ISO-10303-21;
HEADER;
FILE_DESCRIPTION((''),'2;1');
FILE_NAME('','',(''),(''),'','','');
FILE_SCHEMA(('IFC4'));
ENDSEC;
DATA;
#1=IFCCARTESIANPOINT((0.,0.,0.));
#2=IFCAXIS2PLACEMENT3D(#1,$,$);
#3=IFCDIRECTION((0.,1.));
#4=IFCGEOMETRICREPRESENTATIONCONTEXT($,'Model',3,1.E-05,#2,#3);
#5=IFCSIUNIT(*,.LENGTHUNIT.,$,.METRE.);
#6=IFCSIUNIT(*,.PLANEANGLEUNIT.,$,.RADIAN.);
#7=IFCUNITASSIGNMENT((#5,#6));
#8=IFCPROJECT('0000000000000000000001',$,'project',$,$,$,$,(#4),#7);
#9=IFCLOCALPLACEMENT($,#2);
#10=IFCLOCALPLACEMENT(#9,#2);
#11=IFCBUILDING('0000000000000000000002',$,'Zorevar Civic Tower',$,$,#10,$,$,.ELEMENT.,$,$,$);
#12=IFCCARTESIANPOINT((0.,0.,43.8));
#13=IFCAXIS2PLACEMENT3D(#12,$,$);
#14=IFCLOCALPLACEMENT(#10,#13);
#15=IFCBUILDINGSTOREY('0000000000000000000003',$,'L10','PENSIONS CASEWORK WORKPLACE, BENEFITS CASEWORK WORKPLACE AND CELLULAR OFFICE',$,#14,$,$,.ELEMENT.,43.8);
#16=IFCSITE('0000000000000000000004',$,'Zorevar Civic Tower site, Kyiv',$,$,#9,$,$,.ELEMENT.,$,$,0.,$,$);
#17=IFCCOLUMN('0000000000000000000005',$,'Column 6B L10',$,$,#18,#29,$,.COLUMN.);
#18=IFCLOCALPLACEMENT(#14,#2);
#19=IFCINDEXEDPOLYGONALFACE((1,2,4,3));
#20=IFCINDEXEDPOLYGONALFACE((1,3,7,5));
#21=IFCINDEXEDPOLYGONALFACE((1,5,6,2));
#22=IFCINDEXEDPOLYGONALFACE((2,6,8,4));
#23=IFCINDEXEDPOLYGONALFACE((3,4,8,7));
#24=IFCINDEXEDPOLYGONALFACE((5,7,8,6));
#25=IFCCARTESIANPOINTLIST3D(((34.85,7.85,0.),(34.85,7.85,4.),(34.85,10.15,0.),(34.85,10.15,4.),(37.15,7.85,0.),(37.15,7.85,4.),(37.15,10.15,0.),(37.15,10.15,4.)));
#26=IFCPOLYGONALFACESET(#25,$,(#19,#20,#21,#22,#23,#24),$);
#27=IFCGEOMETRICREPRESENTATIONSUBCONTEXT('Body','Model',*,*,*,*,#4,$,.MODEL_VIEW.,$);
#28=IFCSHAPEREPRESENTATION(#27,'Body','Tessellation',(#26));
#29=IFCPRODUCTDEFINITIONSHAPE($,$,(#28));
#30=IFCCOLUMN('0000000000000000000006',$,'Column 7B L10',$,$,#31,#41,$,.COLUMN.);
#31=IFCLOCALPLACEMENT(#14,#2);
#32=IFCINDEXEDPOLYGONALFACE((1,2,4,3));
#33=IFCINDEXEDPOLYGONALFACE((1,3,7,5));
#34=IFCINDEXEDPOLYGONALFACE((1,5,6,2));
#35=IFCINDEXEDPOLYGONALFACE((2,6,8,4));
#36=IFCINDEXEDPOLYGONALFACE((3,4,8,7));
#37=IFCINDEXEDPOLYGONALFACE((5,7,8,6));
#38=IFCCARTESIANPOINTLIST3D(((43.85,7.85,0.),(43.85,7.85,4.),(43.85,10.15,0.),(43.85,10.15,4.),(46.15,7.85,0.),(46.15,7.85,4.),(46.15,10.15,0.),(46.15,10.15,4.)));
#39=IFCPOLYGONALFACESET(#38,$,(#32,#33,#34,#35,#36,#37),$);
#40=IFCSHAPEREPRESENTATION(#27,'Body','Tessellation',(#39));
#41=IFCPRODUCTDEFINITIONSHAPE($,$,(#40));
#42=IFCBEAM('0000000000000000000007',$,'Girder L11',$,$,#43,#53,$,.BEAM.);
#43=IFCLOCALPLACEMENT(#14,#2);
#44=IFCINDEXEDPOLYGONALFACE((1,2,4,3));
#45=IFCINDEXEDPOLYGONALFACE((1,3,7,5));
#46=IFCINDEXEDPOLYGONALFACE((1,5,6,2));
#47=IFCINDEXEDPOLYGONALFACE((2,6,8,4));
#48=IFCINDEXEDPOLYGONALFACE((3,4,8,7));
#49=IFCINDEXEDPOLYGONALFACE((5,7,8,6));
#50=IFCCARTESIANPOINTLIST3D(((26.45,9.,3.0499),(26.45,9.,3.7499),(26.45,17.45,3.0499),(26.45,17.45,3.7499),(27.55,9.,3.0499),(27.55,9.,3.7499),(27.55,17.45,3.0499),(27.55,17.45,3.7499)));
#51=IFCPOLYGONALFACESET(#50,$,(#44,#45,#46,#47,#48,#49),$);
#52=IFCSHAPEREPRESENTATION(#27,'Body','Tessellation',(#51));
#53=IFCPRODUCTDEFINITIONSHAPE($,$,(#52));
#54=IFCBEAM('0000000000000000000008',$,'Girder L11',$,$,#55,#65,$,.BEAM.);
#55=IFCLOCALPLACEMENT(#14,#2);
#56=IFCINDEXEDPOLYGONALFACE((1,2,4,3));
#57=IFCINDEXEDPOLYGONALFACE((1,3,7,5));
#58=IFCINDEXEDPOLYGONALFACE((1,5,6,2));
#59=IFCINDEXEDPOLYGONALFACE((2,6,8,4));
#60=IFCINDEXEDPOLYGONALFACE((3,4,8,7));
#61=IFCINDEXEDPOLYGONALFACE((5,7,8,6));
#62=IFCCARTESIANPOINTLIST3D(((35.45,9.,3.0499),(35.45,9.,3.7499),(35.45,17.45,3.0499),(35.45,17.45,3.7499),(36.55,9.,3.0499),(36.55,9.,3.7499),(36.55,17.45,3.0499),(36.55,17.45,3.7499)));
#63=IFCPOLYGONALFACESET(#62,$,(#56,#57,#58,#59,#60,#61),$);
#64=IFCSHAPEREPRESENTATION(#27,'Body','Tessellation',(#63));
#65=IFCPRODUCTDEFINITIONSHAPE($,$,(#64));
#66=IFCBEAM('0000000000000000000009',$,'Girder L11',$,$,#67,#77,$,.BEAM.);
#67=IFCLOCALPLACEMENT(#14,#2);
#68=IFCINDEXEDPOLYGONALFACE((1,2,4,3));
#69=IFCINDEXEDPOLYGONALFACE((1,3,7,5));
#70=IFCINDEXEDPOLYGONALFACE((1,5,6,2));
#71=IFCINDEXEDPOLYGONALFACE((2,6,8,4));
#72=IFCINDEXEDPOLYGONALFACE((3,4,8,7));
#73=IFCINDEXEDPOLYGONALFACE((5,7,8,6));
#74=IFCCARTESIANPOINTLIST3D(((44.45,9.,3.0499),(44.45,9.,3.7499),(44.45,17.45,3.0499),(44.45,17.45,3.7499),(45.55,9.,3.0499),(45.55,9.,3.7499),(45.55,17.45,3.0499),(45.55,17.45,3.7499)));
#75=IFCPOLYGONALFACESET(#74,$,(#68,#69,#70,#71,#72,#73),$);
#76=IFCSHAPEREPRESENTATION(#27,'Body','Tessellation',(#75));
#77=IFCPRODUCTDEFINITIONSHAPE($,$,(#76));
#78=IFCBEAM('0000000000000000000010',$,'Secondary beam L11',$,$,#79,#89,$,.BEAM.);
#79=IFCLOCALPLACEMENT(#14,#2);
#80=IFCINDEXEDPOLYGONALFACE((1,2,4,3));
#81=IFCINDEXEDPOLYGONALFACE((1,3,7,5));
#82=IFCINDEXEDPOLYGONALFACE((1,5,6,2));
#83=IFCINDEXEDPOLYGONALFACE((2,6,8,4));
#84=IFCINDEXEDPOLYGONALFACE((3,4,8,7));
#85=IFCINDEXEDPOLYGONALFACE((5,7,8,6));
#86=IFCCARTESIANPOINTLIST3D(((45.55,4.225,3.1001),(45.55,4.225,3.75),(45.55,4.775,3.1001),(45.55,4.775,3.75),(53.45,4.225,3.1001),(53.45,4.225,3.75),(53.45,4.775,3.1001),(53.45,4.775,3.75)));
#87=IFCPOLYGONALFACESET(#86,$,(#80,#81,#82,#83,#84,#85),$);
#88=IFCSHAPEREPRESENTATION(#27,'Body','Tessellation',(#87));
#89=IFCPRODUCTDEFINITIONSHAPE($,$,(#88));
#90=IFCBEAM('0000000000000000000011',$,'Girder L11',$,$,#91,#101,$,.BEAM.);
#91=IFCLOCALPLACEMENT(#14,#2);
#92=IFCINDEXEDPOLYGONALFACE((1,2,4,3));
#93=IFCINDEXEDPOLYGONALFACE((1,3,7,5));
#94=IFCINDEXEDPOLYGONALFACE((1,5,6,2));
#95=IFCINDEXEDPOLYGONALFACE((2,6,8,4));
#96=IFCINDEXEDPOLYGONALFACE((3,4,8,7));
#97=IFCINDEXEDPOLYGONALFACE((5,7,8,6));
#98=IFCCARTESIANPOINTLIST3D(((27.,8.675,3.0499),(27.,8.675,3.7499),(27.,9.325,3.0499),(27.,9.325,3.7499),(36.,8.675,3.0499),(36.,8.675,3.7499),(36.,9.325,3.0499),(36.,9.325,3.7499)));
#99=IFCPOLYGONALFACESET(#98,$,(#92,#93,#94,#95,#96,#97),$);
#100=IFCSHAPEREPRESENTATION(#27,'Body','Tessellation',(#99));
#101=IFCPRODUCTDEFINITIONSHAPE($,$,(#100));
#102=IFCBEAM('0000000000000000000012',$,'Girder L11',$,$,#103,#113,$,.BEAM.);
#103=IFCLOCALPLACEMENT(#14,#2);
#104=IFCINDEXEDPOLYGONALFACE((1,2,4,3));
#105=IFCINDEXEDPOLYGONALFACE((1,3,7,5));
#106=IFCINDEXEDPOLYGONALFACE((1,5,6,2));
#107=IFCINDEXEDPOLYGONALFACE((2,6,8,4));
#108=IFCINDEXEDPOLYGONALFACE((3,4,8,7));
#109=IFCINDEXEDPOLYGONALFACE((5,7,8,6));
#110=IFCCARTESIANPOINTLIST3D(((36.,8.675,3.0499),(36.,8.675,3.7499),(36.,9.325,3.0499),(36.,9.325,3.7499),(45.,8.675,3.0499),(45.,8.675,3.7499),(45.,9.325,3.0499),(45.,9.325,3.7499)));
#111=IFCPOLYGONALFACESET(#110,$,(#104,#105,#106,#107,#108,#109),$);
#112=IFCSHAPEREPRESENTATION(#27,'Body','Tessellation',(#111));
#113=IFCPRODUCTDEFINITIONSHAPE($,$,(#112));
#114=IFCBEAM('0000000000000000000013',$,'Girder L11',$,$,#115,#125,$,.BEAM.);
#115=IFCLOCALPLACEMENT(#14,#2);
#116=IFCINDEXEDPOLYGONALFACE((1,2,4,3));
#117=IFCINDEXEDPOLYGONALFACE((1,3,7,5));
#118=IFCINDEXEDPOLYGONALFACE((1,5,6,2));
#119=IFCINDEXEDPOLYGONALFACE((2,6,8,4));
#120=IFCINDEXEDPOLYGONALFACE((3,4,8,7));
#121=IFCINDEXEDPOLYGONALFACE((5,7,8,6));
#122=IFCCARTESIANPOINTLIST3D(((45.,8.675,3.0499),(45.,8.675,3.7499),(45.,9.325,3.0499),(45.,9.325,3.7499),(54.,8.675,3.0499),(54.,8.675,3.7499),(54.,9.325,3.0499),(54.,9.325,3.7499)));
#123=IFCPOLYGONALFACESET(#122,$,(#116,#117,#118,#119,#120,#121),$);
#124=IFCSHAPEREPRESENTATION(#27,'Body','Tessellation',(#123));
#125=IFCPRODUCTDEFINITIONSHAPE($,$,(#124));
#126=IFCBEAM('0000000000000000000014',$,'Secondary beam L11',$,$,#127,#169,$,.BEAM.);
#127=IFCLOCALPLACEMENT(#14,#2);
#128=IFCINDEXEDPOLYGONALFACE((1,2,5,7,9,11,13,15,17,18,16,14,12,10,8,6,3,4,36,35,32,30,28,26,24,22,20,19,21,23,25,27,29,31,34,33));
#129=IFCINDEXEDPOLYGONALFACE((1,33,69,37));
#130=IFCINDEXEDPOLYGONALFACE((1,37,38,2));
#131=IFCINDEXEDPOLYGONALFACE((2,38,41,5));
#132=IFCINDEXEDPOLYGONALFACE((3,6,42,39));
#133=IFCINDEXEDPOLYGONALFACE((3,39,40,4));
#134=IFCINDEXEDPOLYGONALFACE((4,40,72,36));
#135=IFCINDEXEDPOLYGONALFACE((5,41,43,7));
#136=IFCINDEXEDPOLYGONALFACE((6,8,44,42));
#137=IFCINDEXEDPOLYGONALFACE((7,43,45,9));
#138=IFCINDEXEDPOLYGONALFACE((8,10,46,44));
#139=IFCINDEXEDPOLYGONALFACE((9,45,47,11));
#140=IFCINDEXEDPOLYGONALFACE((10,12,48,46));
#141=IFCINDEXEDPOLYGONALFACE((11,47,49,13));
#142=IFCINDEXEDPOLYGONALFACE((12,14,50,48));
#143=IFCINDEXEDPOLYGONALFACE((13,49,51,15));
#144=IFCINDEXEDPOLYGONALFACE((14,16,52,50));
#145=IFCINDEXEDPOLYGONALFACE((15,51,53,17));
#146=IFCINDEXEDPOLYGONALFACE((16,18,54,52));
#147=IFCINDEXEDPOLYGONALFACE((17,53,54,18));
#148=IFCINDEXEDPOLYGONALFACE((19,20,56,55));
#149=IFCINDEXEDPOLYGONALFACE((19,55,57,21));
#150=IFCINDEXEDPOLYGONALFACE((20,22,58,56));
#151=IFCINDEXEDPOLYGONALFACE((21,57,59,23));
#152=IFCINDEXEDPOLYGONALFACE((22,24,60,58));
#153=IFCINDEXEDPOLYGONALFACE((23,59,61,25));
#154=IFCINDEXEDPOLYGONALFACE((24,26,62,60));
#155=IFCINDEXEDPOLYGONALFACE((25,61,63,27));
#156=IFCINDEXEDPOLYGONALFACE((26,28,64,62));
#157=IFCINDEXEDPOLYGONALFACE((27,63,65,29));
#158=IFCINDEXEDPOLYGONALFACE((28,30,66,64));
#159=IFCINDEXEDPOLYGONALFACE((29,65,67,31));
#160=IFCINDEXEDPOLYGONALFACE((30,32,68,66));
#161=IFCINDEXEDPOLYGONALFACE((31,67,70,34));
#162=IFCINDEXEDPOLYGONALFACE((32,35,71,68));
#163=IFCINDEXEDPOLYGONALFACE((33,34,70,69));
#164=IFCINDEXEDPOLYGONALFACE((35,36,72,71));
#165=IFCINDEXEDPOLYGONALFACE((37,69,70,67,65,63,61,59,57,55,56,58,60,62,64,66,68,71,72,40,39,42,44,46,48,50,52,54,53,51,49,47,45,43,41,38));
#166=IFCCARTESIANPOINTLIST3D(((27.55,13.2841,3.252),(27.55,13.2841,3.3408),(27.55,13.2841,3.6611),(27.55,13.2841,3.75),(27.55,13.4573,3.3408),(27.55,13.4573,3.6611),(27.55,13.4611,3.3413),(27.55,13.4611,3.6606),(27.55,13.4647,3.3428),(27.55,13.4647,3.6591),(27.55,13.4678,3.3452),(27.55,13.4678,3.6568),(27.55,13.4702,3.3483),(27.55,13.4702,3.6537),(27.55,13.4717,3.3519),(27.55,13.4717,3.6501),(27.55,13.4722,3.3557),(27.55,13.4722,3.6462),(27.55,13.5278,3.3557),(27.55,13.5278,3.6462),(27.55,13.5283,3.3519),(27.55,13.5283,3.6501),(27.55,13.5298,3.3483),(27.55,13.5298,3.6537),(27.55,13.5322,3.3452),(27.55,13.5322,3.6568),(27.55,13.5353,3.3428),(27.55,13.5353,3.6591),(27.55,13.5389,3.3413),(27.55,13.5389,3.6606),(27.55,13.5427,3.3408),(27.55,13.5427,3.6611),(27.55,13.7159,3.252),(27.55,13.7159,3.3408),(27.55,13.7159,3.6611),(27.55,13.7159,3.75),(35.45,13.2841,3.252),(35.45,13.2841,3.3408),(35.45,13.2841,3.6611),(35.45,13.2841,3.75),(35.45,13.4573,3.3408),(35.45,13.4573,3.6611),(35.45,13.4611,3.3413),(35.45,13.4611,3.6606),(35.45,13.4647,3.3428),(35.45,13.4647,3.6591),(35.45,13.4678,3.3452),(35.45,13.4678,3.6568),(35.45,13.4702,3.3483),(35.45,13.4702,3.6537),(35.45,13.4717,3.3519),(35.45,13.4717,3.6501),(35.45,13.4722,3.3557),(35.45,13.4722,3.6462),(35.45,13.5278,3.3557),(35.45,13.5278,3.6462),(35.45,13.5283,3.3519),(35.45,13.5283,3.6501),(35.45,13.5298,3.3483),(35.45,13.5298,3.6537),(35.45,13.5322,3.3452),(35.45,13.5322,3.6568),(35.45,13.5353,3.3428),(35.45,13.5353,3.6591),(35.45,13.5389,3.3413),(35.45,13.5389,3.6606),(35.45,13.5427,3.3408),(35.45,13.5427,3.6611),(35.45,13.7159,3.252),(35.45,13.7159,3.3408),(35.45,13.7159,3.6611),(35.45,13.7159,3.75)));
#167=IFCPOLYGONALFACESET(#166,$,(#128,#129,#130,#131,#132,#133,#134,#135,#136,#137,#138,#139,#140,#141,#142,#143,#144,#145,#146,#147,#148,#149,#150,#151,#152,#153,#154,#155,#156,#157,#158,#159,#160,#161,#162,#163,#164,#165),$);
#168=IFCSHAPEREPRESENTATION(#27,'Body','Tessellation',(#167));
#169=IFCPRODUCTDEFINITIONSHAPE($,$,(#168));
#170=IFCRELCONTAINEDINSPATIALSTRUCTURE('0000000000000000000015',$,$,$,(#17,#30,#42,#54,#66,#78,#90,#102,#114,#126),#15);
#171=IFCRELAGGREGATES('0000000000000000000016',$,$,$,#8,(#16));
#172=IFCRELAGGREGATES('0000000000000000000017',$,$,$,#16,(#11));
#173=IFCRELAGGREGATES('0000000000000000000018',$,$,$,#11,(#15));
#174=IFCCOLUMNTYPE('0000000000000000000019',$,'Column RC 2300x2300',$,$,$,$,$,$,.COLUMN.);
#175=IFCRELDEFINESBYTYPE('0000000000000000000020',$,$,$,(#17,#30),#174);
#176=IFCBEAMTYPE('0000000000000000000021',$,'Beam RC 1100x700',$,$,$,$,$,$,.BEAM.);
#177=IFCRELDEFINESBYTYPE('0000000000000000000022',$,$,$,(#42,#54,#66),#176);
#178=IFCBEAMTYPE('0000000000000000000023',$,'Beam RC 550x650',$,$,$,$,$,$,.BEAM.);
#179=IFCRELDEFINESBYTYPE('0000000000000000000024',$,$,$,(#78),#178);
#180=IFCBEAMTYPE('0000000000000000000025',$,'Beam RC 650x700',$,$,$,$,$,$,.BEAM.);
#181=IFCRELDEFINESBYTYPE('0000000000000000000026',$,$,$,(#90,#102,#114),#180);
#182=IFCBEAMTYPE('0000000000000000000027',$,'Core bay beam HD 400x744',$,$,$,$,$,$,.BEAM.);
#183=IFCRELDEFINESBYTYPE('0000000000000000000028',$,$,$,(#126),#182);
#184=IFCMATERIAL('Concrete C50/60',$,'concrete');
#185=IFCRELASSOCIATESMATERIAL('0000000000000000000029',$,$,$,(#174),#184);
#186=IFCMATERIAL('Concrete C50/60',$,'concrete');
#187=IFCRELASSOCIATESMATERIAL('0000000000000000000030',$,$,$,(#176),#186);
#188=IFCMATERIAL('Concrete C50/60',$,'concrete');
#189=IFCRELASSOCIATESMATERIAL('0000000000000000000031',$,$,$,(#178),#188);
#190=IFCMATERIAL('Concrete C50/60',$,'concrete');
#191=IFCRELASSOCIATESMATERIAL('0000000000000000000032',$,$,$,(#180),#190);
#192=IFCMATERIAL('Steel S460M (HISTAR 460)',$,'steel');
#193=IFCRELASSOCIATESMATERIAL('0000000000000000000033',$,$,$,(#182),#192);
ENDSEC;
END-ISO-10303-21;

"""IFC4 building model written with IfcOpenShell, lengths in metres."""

from ifc_helpers import new_model, si_unit, direction, frame, origin, origin_2d, place, context, subcontext, project, spatial, rectangle, i_section, extrude, material, material_profile, profile_set, type_object, element, save


model = new_model("IFC4")

# Units and contexts
model_context = context("Model", 3, precision=1e-05, world=origin(), true_north=direction((0.0, 1.0)))
body_context = subcontext(model_context, "Body", "Model", "MODEL_VIEW")
ifc_project = project(units=[si_unit("LENGTHUNIT", "METRE"), si_unit("PLANEANGLEUNIT", "RADIAN")], contexts=[model_context])

# Site, building, storey
site_placement = place(None, origin())
site = spatial("IfcSite", under=ifc_project, at=site_placement, Name="Zorevar Civic Tower site, Kyiv", CompositionType="ELEMENT", RefElevation=0.0)
building_placement = place(site_placement, origin())
building = spatial("IfcBuilding", under=site, at=building_placement, Name="Zorevar Civic Tower", CompositionType="ELEMENT")
storey_placement = place(building_placement, frame((0.0, 0.0, 43.8)))
storey = spatial("IfcBuildingStorey", under=building, at=storey_placement, Name="L10", Description="PENSIONS CASEWORK WORKPLACE, BENEFITS CASEWORK WORKPLACE AND CELLULAR OFFICE", CompositionType="ELEMENT", Elevation=43.8)

# Columns
ifc_material_1 = material(Name="Concrete C50/60", Category="concrete")
ifc_material_profile_1 = material_profile(ifc_material_1, rectangle(XDim=2.3, YDim=2.3, at=origin_2d()), Name="RC 2300x2300")
ifc_profile_set_1 = profile_set([ifc_material_profile_1], Name="Concrete C50/60")
column_type = type_object("IfcColumnType", Name="Column RC 2300x2300", PredefinedType="COLUMN", material=ifc_profile_set_1)
for number, where, z_axis, x_axis, name in (
    (1, (36.0, 9.0, 0.0), (0.0, 0.0, 1.0), (1.0, 0.0, 0.0), "Column 6B L10"),
    (2, (45.0, 9.0, 0.0), (0.0, 0.0, 1.0), (1.0, 0.0, 0.0), "Column 7B L10"),
):
    element("IfcColumn", number, at=place(storey_placement, frame(where, z_axis=z_axis, x_axis=x_axis)), inside=storey, type_object=column_type, Name=name, PredefinedType="COLUMN", context=body_context, shape_type="SweptSolid", body=[
        extrude(rectangle(XDim=2.3, YDim=2.3, at=origin_2d()), origin(), (0.0, 0.0, 1.0), 4.0),
    ])

# Beams
ifc_material_2 = material(Name="Concrete C50/60", Category="concrete")
ifc_material_profile_2 = material_profile(ifc_material_2, rectangle(XDim=1.1001, YDim=0.7, at=origin_2d()), Name="RC 1100x700")
ifc_profile_set_2 = profile_set([ifc_material_profile_2], Name="Concrete C50/60")
beam_type_1 = type_object("IfcBeamType", Name="Beam RC 1100x700", PredefinedType="BEAM", material=ifc_profile_set_2)
for number, where, z_axis, x_axis, name in (
    (3, (27.0, 9.0, 3.3999), (0.0, 1.0, 0.0), (-1.0, 0.0, 0.0), "Girder L11"),
    (4, (36.0, 9.0, 3.3999), (0.0, 1.0, 0.0), (-1.0, 0.0, 0.0), "Girder L11"),
    (5, (45.0, 9.0, 3.3999), (0.0, 1.0, 0.0), (-1.0, 0.0, 0.0), "Girder L11"),
):
    element("IfcBeam", number, at=place(storey_placement, frame(where, z_axis=z_axis, x_axis=x_axis)), inside=storey, type_object=beam_type_1, Name=name, PredefinedType="BEAM", context=body_context, shape_type="SweptSolid", body=[
        extrude(rectangle(XDim=1.1001, YDim=0.7, at=origin_2d()), origin(), (0.0, 0.0, 1.0), 8.45),
    ])
ifc_material_3 = material(Name="Concrete C50/60", Category="concrete")
ifc_material_profile_3 = material_profile(ifc_material_3, rectangle(XDim=0.55, YDim=0.6499, at=origin_2d()), Name="RC 550x650")
ifc_profile_set_3 = profile_set([ifc_material_profile_3], Name="Concrete C50/60")
beam_type_2 = type_object("IfcBeamType", Name="Beam RC 550x650", PredefinedType="BEAM", material=ifc_profile_set_3)
beam_1_placement = place(storey_placement, frame((45.55, 4.5, 3.425), z_axis=(1.0, 0.0, 0.0), x_axis=(0.0, 1.0, 0.0)))
element("IfcBeam", 6, at=beam_1_placement, inside=storey, type_object=beam_type_2, Name="Secondary beam L11", PredefinedType="BEAM", context=body_context, shape_type="SweptSolid", body=[
    extrude(rectangle(XDim=0.55, YDim=0.6499, at=origin_2d()), origin(), (0.0, 0.0, 1.0), 7.8999),
])
ifc_material_4 = material(Name="Concrete C50/60", Category="concrete")
ifc_material_profile_4 = material_profile(ifc_material_4, rectangle(XDim=0.6499, YDim=0.7, at=origin_2d()), Name="RC 650x700")
ifc_profile_set_4 = profile_set([ifc_material_profile_4], Name="Concrete C50/60")
beam_type_3 = type_object("IfcBeamType", Name="Beam RC 650x700", PredefinedType="BEAM", material=ifc_profile_set_4)
for number, where, z_axis, x_axis, name in (
    (7, (27.0, 9.0, 3.3999), (1.0, 0.0, 0.0), (0.0, 1.0, 0.0), "Girder L11"),
    (8, (36.0, 9.0, 3.3999), (1.0, 0.0, 0.0), (0.0, 1.0, 0.0), "Girder L11"),
    (9, (45.0, 9.0, 3.3999), (1.0, 0.0, 0.0), (0.0, 1.0, 0.0), "Girder L11"),
):
    element("IfcBeam", number, at=place(storey_placement, frame(where, z_axis=z_axis, x_axis=x_axis)), inside=storey, type_object=beam_type_3, Name=name, PredefinedType="BEAM", context=body_context, shape_type="SweptSolid", body=[
        extrude(rectangle(XDim=0.6499, YDim=0.7, at=origin_2d()), origin(), (0.0, 0.0, 1.0), 9.0),
    ])
ifc_material_5 = material(Name="Steel S460M (HISTAR 460)", Category="steel")
ifc_material_profile_5 = material_profile(ifc_material_5, i_section(OverallWidth=0.4319, OverallDepth=0.498, WebThickness=0.0557, FlangeThickness=0.0889, FilletRadius=0.0149, at=origin_2d()), Name="HD 400x744")
ifc_profile_set_5 = profile_set([ifc_material_profile_5], Name="Steel S460M (HISTAR 460)")
beam_type_4 = type_object("IfcBeamType", Name="Core bay beam HD 400x744", PredefinedType="BEAM", material=ifc_profile_set_5)
beam_2_placement = place(storey_placement, frame((27.55, 13.5, 3.501), z_axis=(1.0, 0.0, 0.0), x_axis=(0.0, 1.0, 0.0)))
element("IfcBeam", 10, at=beam_2_placement, inside=storey, type_object=beam_type_4, Name="Secondary beam L11", PredefinedType="BEAM", context=body_context, shape_type="SweptSolid", body=[
    extrude(i_section(OverallWidth=0.4319, OverallDepth=0.498, WebThickness=0.0557, FlangeThickness=0.0889, FilletRadius=0.0149, at=origin_2d()), origin(), (0.0, 0.0, 1.0), 7.8999),
])

save(model, "model.ifc")
